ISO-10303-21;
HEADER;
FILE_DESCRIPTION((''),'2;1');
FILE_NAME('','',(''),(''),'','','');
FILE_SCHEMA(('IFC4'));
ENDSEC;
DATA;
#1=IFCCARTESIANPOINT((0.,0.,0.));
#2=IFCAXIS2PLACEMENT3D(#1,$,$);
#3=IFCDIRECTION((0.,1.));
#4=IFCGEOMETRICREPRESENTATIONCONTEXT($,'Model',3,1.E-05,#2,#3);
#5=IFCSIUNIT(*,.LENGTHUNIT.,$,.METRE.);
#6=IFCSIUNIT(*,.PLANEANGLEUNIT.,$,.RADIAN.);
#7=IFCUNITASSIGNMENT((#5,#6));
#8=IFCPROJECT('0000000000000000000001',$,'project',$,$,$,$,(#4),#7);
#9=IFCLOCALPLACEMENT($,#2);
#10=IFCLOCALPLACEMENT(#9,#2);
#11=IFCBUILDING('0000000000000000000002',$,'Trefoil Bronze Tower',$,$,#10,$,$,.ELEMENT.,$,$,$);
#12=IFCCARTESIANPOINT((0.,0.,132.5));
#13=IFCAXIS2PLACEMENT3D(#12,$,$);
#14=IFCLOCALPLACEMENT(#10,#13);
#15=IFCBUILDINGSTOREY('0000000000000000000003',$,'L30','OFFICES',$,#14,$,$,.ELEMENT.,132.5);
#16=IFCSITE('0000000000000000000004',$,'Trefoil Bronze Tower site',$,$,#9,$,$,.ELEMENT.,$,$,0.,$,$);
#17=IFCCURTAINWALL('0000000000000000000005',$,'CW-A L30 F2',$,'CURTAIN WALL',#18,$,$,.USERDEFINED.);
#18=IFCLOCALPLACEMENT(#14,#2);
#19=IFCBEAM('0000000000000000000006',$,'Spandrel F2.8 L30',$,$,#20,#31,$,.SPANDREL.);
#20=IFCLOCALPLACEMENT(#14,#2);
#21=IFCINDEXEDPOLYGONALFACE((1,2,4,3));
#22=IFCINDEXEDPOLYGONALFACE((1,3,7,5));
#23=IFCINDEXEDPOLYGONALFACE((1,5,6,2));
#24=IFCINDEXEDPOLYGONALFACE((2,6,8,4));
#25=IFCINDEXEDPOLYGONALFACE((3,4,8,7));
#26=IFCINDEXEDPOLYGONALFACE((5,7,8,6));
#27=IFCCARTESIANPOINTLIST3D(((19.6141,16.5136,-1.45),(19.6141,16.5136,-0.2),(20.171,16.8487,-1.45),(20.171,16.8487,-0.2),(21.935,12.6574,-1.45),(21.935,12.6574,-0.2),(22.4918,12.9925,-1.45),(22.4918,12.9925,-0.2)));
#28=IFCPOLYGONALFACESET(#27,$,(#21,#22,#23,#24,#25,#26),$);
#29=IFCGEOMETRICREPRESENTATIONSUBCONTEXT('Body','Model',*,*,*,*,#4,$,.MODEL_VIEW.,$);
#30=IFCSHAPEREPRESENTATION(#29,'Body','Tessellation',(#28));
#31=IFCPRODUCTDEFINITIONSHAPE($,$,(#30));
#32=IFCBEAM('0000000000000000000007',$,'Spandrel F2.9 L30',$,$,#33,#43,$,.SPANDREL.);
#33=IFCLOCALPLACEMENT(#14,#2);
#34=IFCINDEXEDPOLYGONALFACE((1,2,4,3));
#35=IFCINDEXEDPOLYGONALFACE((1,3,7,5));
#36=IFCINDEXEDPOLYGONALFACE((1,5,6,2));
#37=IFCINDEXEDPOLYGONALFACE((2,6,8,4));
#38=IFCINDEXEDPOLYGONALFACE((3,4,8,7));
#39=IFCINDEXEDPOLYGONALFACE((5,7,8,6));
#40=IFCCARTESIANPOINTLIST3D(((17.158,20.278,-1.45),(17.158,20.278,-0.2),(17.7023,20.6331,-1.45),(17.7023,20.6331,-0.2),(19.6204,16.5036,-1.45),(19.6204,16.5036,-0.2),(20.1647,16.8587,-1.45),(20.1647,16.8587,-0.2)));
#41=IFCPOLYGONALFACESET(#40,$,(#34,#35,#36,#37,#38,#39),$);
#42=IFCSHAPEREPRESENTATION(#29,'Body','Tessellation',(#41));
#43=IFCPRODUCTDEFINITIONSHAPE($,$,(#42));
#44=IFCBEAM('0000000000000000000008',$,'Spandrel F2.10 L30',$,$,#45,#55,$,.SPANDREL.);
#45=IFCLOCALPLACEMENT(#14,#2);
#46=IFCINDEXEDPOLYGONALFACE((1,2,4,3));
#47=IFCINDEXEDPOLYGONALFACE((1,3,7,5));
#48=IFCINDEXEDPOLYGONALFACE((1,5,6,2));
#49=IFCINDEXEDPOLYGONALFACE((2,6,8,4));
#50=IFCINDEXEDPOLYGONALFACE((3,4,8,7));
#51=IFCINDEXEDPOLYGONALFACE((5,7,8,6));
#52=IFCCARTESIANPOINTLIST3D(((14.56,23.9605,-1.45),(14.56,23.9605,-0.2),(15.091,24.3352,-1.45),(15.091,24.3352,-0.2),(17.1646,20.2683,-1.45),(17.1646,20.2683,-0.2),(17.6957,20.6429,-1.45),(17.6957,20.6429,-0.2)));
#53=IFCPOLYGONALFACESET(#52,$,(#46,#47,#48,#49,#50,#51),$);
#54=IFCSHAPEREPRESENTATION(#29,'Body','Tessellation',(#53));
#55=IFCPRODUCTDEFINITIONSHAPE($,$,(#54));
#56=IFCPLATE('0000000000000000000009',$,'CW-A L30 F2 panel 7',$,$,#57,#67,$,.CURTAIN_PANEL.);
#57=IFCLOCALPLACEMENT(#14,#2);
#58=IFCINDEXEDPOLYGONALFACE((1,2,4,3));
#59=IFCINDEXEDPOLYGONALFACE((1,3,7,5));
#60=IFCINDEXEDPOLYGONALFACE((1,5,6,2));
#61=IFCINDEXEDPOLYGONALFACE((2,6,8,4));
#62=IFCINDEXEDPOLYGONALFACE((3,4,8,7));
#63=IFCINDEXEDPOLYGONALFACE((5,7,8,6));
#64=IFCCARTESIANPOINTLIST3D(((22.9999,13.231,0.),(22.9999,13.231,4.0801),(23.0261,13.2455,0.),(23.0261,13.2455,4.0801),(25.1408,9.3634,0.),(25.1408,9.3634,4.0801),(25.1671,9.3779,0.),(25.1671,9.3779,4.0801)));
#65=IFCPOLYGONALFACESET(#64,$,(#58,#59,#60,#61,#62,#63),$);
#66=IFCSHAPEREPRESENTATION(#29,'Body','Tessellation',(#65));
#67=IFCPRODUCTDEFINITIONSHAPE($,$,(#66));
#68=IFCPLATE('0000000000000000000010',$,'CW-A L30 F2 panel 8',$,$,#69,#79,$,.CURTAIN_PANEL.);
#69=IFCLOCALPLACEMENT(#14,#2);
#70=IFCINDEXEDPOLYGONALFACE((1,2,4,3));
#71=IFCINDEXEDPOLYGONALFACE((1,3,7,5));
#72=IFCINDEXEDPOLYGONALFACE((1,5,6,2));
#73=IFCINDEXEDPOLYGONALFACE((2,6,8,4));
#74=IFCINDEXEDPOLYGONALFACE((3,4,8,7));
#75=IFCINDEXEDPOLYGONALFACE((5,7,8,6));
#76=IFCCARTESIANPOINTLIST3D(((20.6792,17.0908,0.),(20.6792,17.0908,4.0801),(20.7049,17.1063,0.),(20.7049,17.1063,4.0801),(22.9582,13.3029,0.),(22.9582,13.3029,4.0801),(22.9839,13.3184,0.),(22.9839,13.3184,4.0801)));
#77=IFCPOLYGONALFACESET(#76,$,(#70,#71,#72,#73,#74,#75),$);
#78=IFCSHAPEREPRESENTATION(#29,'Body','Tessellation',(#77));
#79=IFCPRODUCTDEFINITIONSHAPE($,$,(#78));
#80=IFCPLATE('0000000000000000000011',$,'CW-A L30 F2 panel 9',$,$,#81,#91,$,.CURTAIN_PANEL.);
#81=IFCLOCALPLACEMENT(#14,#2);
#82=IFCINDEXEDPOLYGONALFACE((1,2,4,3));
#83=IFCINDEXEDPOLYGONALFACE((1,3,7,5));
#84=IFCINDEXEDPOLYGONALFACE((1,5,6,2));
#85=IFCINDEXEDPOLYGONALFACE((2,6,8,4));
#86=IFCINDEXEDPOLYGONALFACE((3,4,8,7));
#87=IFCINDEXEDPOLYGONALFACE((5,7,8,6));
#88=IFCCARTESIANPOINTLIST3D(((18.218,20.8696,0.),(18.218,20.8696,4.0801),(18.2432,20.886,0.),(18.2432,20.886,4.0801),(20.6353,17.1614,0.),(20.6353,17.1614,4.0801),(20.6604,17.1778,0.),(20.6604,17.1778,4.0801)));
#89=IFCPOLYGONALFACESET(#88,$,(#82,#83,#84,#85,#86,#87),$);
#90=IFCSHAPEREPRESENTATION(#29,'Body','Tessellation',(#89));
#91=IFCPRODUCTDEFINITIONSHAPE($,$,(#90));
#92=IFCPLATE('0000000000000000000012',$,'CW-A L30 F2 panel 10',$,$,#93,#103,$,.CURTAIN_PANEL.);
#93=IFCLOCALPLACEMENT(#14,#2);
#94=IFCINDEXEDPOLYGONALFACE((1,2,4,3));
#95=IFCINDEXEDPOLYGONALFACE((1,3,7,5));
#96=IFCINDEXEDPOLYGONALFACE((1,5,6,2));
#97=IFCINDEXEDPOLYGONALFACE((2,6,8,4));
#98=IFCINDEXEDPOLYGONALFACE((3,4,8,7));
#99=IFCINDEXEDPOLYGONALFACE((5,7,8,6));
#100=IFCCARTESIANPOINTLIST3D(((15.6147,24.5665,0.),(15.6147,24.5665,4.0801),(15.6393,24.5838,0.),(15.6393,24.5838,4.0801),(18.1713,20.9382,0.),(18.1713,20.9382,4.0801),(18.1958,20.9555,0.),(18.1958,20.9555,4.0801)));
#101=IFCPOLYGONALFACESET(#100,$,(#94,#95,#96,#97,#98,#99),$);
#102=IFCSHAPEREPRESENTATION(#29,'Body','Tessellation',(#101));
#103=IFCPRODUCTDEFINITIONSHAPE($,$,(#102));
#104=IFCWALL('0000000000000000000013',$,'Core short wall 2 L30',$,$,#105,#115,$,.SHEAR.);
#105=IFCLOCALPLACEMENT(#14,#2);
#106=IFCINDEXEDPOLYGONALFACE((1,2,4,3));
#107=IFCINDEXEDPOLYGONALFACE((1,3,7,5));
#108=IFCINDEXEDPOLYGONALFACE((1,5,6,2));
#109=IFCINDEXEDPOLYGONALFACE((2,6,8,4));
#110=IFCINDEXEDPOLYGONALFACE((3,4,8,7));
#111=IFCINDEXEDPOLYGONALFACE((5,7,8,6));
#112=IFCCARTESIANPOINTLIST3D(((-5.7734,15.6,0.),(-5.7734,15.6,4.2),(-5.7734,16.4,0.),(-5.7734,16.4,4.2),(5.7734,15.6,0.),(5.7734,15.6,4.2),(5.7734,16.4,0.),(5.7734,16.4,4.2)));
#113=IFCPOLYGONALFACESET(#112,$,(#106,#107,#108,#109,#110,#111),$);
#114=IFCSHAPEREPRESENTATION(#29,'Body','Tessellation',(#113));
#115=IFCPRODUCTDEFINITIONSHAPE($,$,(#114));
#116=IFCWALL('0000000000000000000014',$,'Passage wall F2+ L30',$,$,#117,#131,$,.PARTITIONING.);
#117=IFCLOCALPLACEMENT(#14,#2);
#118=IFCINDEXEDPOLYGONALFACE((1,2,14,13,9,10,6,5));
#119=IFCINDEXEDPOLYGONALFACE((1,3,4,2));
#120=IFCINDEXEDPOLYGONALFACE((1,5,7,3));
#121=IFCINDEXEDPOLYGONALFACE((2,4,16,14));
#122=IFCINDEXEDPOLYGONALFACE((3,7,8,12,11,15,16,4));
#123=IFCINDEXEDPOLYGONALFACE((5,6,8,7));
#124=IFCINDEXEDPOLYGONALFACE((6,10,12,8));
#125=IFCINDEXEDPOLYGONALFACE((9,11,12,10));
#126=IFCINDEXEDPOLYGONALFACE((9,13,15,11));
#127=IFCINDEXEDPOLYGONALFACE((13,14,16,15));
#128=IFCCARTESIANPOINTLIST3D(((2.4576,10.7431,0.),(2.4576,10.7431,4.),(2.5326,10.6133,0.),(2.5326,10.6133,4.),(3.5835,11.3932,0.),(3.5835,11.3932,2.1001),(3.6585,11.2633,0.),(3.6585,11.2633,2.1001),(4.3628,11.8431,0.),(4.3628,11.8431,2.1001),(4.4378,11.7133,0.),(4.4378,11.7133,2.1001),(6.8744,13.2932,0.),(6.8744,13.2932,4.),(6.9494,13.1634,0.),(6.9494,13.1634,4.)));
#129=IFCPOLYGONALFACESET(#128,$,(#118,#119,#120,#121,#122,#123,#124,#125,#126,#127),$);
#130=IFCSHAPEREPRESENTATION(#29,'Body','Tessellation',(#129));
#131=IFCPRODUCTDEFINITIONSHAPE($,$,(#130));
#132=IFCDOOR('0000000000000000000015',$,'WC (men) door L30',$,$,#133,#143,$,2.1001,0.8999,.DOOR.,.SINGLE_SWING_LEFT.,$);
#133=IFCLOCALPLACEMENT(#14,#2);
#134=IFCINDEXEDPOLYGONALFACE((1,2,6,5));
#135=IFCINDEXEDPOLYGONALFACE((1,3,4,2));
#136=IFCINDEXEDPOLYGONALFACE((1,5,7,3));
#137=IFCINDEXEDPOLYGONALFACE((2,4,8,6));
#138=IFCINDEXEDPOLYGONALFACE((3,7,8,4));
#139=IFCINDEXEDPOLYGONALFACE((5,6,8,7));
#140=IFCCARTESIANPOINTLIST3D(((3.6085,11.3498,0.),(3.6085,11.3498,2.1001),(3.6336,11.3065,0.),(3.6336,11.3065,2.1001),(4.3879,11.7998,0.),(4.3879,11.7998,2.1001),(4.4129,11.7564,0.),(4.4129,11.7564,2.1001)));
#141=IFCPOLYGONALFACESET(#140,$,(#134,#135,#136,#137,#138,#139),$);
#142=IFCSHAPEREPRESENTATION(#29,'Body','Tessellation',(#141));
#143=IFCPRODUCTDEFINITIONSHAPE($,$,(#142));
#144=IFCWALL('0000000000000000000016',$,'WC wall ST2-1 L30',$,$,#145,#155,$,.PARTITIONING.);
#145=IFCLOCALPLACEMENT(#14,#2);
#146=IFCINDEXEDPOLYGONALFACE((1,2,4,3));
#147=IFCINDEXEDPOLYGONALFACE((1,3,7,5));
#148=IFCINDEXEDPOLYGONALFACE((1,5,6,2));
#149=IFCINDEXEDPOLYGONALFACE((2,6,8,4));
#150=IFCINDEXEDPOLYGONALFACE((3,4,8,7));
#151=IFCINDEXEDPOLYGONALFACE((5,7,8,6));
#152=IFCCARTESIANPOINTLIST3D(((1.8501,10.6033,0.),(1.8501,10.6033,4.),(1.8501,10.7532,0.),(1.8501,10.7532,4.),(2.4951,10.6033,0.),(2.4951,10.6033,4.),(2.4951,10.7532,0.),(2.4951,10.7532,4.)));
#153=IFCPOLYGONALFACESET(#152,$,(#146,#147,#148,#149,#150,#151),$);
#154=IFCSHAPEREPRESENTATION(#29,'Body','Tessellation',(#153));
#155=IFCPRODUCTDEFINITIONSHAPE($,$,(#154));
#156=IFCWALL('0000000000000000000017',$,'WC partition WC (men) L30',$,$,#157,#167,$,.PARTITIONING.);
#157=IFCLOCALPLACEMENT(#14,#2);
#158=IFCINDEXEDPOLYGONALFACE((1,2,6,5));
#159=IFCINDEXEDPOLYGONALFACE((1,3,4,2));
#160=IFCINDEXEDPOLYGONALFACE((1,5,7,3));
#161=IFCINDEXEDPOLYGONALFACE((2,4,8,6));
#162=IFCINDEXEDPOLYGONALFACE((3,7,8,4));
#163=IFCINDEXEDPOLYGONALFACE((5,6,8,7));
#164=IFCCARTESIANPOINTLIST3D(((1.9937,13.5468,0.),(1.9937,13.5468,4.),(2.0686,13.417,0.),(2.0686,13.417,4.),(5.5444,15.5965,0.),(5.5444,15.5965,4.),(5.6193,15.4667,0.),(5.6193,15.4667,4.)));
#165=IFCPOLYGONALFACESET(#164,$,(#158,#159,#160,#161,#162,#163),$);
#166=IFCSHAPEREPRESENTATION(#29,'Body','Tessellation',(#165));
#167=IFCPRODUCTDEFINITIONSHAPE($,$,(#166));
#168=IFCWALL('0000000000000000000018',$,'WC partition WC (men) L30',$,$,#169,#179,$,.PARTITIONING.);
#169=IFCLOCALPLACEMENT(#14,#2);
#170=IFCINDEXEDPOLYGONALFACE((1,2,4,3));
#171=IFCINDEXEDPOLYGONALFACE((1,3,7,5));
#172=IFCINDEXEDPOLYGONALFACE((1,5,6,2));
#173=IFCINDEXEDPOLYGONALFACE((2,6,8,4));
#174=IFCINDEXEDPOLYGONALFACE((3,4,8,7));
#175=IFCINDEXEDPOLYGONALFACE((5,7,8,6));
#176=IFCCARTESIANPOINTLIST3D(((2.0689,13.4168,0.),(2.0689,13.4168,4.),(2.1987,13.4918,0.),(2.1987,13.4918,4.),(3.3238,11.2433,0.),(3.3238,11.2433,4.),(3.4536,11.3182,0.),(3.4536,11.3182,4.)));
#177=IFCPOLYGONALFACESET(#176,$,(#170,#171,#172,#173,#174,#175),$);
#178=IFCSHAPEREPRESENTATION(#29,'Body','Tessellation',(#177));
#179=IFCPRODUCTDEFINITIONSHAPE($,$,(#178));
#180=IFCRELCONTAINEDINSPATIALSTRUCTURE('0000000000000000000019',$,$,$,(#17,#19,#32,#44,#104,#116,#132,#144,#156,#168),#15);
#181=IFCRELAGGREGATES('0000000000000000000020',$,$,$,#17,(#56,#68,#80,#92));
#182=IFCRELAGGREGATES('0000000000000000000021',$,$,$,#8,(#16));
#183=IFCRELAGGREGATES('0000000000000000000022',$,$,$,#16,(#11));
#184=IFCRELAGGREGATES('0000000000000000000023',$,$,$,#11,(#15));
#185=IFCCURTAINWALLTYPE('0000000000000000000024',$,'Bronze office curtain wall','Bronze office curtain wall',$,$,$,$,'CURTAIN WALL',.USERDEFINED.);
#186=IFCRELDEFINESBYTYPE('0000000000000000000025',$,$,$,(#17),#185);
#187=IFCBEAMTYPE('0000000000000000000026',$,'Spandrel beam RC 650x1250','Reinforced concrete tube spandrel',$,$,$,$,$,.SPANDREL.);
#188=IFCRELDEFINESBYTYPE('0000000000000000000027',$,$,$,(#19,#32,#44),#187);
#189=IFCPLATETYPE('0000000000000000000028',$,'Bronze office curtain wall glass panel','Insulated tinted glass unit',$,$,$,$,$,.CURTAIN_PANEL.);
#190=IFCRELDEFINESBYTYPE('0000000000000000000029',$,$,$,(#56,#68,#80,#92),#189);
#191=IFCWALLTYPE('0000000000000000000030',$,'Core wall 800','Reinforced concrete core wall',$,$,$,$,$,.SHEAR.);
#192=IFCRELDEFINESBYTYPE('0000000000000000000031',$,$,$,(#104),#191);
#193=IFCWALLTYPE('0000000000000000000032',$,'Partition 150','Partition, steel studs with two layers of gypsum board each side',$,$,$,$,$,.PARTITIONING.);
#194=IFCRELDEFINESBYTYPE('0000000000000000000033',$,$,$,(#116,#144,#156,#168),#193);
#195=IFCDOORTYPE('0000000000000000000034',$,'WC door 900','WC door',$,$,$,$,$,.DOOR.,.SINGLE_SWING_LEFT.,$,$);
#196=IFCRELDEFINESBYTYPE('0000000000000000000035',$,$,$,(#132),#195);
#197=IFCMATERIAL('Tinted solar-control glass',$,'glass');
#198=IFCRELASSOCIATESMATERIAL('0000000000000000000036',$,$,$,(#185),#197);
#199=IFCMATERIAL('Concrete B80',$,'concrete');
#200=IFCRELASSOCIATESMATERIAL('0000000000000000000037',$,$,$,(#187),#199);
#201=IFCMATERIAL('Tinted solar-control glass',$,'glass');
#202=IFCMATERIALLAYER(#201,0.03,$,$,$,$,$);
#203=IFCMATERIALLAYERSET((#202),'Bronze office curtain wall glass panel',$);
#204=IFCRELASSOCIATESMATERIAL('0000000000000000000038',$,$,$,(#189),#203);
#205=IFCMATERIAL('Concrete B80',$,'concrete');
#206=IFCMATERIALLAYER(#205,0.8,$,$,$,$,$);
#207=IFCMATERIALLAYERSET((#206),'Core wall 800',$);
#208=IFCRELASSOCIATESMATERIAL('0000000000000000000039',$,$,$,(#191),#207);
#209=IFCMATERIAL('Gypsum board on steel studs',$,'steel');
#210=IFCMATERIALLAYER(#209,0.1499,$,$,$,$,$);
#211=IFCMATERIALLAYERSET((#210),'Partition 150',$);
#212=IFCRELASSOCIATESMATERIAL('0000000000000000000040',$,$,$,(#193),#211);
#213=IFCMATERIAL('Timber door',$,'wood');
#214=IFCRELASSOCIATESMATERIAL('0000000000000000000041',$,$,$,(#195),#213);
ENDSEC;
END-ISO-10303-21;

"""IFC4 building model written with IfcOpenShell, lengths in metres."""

from ifc_helpers import new_model, si_unit, direction, frame, frame_2d, origin, origin_2d, place, context, subcontext, project, spatial, rectangle, extrude, material, layer, layer_set, material_profile, profile_set, type_object, element, fill, aggregate, save


model = new_model("IFC4")

# Units and contexts
model_context = context("Model", 3, precision=1e-05, world=origin(), true_north=direction((0.0, 1.0)))
body_context = subcontext(model_context, "Body", "Model", "MODEL_VIEW")
ifc_project = project(units=[si_unit("LENGTHUNIT", "METRE"), si_unit("PLANEANGLEUNIT", "RADIAN")], contexts=[model_context])

# Site, building, storey
site_placement = place(None, origin())
site = spatial("IfcSite", under=ifc_project, at=site_placement, Name="Trefoil Bronze Tower site", CompositionType="ELEMENT", RefElevation=0.0)
building_placement = place(site_placement, origin())
building = spatial("IfcBuilding", under=site, at=building_placement, Name="Trefoil Bronze Tower", CompositionType="ELEMENT")
storey_placement = place(building_placement, frame((0.0, 0.0, 132.5)))
storey = spatial("IfcBuildingStorey", under=building, at=storey_placement, Name="L30", Description="OFFICES", CompositionType="ELEMENT", Elevation=132.5)

# Curtain wall
ifc_material_1 = material(Name="Tinted solar-control glass", Category="glass")
curtain_wall_type = type_object("IfcCurtainWallType", Name="Bronze office curtain wall", Description="Bronze office curtain wall", ElementType="CURTAIN WALL", PredefinedType="USERDEFINED", material=ifc_material_1)
curtain_wall_placement = place(storey_placement, origin())
curtain_wall = element("IfcCurtainWall", 1, at=curtain_wall_placement, inside=storey, type_object=curtain_wall_type, Name="CW-A L30 F2", ObjectType="CURTAIN WALL", PredefinedType="USERDEFINED")

# Beams
ifc_material_2 = material(Name="Concrete B80", Category="concrete")
ifc_material_profile_1 = material_profile(ifc_material_2, rectangle(XDim=0.6499, YDim=1.25, at=origin_2d()), Name="RC 650x1250")
ifc_profile_set_1 = profile_set([ifc_material_profile_1], Name="Concrete B80")
beam_type_1 = type_object("IfcBeamType", Name="Spandrel beam RC 650x1250", Description="Reinforced concrete tube spandrel", PredefinedType="SPANDREL", material=ifc_profile_set_1)
beam_1_placement = place(storey_placement, frame((22.2134, 12.825, -0.825), z_axis=(-0.515652, 0.856798, 0.0), x_axis=(-0.856798, -0.515652, 0.0)))
element("IfcBeam", 2, at=beam_1_placement, inside=storey, type_object=beam_type_1, Name="Spandrel F2.8 L30", PredefinedType="SPANDREL", context=body_context, shape_type="SweptSolid", body=[
    extrude(rectangle(XDim=0.6499, YDim=1.25, at=origin_2d()), origin(), (0.0, 0.0, 1.0), 4.5007),
])
beam_2_placement = place(storey_placement, frame((19.8926, 16.6812, -0.825), z_axis=(-0.546397, 0.837527, 0.0), x_axis=(-0.837527, -0.546397, 0.0)))
element("IfcBeam", 3, at=beam_2_placement, inside=storey, type_object=beam_type_1, Name="Spandrel F2.9 L30", PredefinedType="SPANDREL", context=body_context, shape_type="SweptSolid", body=[
    extrude(rectangle(XDim=0.6499, YDim=1.25, at=origin_2d()), origin(), (0.0, 0.0, 1.0), 4.5066),
])
beam_3_placement = place(storey_placement, frame((17.4302, 20.4556, -0.825), z_axis=(-0.576439, 0.81714, 0.0), x_axis=(-0.81714, -0.576439, 0.0)))
element("IfcBeam", 4, at=beam_3_placement, inside=storey, type_object=beam_type_1, Name="Spandrel F2.10 L30", PredefinedType="SPANDREL", context=body_context, shape_type="SweptSolid", body=[
    extrude(rectangle(XDim=0.6499, YDim=1.25, at=origin_2d()), origin(), (0.0, 0.0, 1.0), 4.5186),
])

# Plates
ifc_material_3 = material(Name="Tinted solar-control glass", Category="glass")
ifc_layer_1 = layer(ifc_material_3, 0.03)
ifc_layer_set_1 = layer_set([ifc_layer_1], Name="Bronze office curtain wall glass panel")
plate_type = type_object("IfcPlateType", Name="Bronze office curtain wall glass panel", Description="Insulated tinted glass unit", PredefinedType="CURTAIN_PANEL", material=ifc_layer_set_1)
plate_1_placement = place(storey_placement, frame((24.0835, 11.3044, 0.0), z_axis=(0.0, 0.0, 1.0), x_axis=(-0.484312, 0.874895, 0.0)))
plate_1 = element("IfcPlate", 5, at=plate_1_placement, type_object=plate_type, Name="CW-A L30 F2 panel 7", PredefinedType="CURTAIN_PANEL", context=body_context, shape_type="SweptSolid", body=[
    extrude(rectangle(XDim=4.4207, YDim=0.03, at=origin_2d()), origin(), (0.0, 0.0, 1.0), 4.0801),
])
plate_2_placement = place(storey_placement, frame((21.8315, 15.2046, 0.0), z_axis=(0.0, 0.0, 1.0), x_axis=(-0.515525, 0.856874, 0.0)))
plate_2 = element("IfcPlate", 6, at=plate_2_placement, type_object=plate_type, Name="CW-A L30 F2 panel 8", PredefinedType="CURTAIN_PANEL", context=body_context, shape_type="SweptSolid", body=[
    extrude(rectangle(XDim=4.4207, YDim=0.03, at=origin_2d()), origin(), (0.0, 0.0, 1.0), 4.0801),
])
plate_3_placement = place(storey_placement, frame((19.4392, 19.0237, 0.0), z_axis=(0.0, 0.0, 1.0), x_axis=(-0.546089, 0.837727, 0.0)))
plate_3 = element("IfcPlate", 7, at=plate_3_placement, type_object=plate_type, Name="CW-A L30 F2 panel 9", PredefinedType="CURTAIN_PANEL", context=body_context, shape_type="SweptSolid", body=[
    extrude(rectangle(XDim=4.4265, YDim=0.03, at=origin_2d()), origin(), (0.0, 0.0, 1.0), 4.0801),
])
plate_4_placement = place(storey_placement, frame((16.9053, 22.761, 0.0), z_axis=(0.0, 0.0, 1.0), x_axis=(-0.575999, 0.81745, 0.0)))
plate_4 = element("IfcPlate", 8, at=plate_4_placement, type_object=plate_type, Name="CW-A L30 F2 panel 10", PredefinedType="CURTAIN_PANEL", context=body_context, shape_type="SweptSolid", body=[
    extrude(rectangle(XDim=4.4385, YDim=0.03, at=origin_2d()), origin(), (0.0, 0.0, 1.0), 4.0801),
])
aggregate(curtain_wall, [plate_1, plate_2, plate_3, plate_4])

# Wall
ifc_material_4 = material(Name="Concrete B80", Category="concrete")
ifc_layer_2 = layer(ifc_material_4, 0.8)
ifc_layer_set_2 = layer_set([ifc_layer_2], Name="Core wall 800")
wall_type_1 = type_object("IfcWallType", Name="Core wall 800", Description="Reinforced concrete core wall", PredefinedType="SHEAR", material=ifc_layer_set_2)
wall_1_placement = place(storey_placement, frame((5.7734, 16.0, 0.0), z_axis=(0.0, 0.0, 1.0), x_axis=(-1.0, 0.0, 0.0)))
element("IfcWall", 9, at=wall_1_placement, inside=storey, type_object=wall_type_1, Name="Core short wall 2 L30", PredefinedType="SHEAR", context=body_context, shape_type="SweptSolid", body=[
    extrude(rectangle(XDim=11.5469, YDim=0.8, at=frame_2d((5.7734, 0.0))), origin(), (0.0, 0.0, 1.0), 4.2),
])

# Wall, opening, door
ifc_material_5 = material(Name="Gypsum board on steel studs", Category="steel")
ifc_layer_3 = layer(ifc_material_5, 0.1499)
ifc_layer_set_3 = layer_set([ifc_layer_3], Name="Partition 150")
wall_type_2 = type_object("IfcWallType", Name="Partition 150", Description="Partition, steel studs with two layers of gypsum board each side", PredefinedType="PARTITIONING", material=ifc_layer_set_3)
wall_2_placement = place(storey_placement, frame((2.4951, 10.6782, 0.0), z_axis=(0.0, 0.0, 1.0), x_axis=(0.866022, 0.500006, 0.0)))
wall_2 = element("IfcWall", 10, at=wall_2_placement, inside=storey, type_object=wall_type_2, Name="Passage wall F2+ L30", PredefinedType="PARTITIONING", context=body_context, shape_type="SweptSolid", body=[
    extrude(rectangle(XDim=5.1001, YDim=0.1499, at=frame_2d((2.55, 0.0))), origin(), (0.0, 0.0, 1.0), 4.0),
])
opening_placement = place(wall_2_placement, frame((1.3, 0.0, 0.0)))
opening = element("IfcOpeningElement", 11, at=opening_placement, cuts=wall_2, PredefinedType="OPENING", context=body_context, shape_type="SweptSolid", body=[
    extrude(rectangle(XDim=0.8999, YDim=2.1001, at=frame_2d((0.45, 1.05))), frame((0.0, 0.085, 0.0), z_axis=(0.0, -1.0, 0.0), x_axis=(1.0, 0.0, 0.0)), (0.0, 0.0, 1.0), 0.1699),
])
ifc_material_6 = material(Name="Timber door", Category="wood")
door_type = type_object("IfcDoorType", Name="WC door 900", Description="WC door", OperationType="SINGLE_SWING_LEFT", PredefinedType="DOOR", material=ifc_material_6)
door_placement = place(opening_placement, origin())
door = element("IfcDoor", 12, at=door_placement, inside=storey, type_object=door_type, Name="WC (men) door L30", OperationType="SINGLE_SWING_LEFT", OverallHeight=2.1001, OverallWidth=0.8999, PredefinedType="DOOR", context=body_context, shape_type="SweptSolid", body=[
    extrude(rectangle(XDim=0.8999, YDim=2.1001, at=frame_2d((0.45, 1.05))), frame((0.0, 0.0249, 0.0), z_axis=(0.0, -1.0, 0.0), x_axis=(1.0, 0.0, 0.0)), (0.0, 0.0, 1.0), 0.05),
])
fill(opening, door)

# Walls
wall_3_placement = place(storey_placement, frame((2.4951, 10.6782, 0.0), z_axis=(0.0, 0.0, 1.0), x_axis=(-1.0, 0.0, 0.0)))
element("IfcWall", 13, at=wall_3_placement, inside=storey, type_object=wall_type_2, Name="WC wall ST2-1 L30", PredefinedType="PARTITIONING", context=body_context, shape_type="SweptSolid", body=[
    extrude(rectangle(XDim=0.645, YDim=0.1499, at=frame_2d((0.3225, 0.0))), origin(), (0.0, 0.0, 1.0), 4.0),
])
wall_4_placement = place(storey_placement, frame((2.0312, 13.4819, 0.0), z_axis=(0.0, 0.0, 1.0), x_axis=(0.866051, 0.499956, 0.0)))
element("IfcWall", 14, at=wall_4_placement, inside=storey, type_object=wall_type_2, Name="WC partition WC (men) L30", PredefinedType="PARTITIONING", context=body_context, shape_type="SweptSolid", body=[
    extrude(rectangle(XDim=4.0999, YDim=0.1499, at=frame_2d((2.0498, 0.0))), origin(), (0.0, 0.0, 1.0), 4.0),
])
wall_5_placement = place(storey_placement, frame((3.3887, 11.2808, 0.0), z_axis=(0.0, 0.0, 1.0), x_axis=(-0.499989, 0.866032, 0.0)))
element("IfcWall", 15, at=wall_5_placement, inside=storey, type_object=wall_type_2, Name="WC partition WC (men) L30", PredefinedType="PARTITIONING", context=body_context, shape_type="SweptSolid", body=[
    extrude(rectangle(XDim=2.5098, YDim=0.1499, at=frame_2d((1.2549, 0.0))), origin(), (0.0, 0.0, 1.0), 4.0),
])

save(model, "model.ifc")
